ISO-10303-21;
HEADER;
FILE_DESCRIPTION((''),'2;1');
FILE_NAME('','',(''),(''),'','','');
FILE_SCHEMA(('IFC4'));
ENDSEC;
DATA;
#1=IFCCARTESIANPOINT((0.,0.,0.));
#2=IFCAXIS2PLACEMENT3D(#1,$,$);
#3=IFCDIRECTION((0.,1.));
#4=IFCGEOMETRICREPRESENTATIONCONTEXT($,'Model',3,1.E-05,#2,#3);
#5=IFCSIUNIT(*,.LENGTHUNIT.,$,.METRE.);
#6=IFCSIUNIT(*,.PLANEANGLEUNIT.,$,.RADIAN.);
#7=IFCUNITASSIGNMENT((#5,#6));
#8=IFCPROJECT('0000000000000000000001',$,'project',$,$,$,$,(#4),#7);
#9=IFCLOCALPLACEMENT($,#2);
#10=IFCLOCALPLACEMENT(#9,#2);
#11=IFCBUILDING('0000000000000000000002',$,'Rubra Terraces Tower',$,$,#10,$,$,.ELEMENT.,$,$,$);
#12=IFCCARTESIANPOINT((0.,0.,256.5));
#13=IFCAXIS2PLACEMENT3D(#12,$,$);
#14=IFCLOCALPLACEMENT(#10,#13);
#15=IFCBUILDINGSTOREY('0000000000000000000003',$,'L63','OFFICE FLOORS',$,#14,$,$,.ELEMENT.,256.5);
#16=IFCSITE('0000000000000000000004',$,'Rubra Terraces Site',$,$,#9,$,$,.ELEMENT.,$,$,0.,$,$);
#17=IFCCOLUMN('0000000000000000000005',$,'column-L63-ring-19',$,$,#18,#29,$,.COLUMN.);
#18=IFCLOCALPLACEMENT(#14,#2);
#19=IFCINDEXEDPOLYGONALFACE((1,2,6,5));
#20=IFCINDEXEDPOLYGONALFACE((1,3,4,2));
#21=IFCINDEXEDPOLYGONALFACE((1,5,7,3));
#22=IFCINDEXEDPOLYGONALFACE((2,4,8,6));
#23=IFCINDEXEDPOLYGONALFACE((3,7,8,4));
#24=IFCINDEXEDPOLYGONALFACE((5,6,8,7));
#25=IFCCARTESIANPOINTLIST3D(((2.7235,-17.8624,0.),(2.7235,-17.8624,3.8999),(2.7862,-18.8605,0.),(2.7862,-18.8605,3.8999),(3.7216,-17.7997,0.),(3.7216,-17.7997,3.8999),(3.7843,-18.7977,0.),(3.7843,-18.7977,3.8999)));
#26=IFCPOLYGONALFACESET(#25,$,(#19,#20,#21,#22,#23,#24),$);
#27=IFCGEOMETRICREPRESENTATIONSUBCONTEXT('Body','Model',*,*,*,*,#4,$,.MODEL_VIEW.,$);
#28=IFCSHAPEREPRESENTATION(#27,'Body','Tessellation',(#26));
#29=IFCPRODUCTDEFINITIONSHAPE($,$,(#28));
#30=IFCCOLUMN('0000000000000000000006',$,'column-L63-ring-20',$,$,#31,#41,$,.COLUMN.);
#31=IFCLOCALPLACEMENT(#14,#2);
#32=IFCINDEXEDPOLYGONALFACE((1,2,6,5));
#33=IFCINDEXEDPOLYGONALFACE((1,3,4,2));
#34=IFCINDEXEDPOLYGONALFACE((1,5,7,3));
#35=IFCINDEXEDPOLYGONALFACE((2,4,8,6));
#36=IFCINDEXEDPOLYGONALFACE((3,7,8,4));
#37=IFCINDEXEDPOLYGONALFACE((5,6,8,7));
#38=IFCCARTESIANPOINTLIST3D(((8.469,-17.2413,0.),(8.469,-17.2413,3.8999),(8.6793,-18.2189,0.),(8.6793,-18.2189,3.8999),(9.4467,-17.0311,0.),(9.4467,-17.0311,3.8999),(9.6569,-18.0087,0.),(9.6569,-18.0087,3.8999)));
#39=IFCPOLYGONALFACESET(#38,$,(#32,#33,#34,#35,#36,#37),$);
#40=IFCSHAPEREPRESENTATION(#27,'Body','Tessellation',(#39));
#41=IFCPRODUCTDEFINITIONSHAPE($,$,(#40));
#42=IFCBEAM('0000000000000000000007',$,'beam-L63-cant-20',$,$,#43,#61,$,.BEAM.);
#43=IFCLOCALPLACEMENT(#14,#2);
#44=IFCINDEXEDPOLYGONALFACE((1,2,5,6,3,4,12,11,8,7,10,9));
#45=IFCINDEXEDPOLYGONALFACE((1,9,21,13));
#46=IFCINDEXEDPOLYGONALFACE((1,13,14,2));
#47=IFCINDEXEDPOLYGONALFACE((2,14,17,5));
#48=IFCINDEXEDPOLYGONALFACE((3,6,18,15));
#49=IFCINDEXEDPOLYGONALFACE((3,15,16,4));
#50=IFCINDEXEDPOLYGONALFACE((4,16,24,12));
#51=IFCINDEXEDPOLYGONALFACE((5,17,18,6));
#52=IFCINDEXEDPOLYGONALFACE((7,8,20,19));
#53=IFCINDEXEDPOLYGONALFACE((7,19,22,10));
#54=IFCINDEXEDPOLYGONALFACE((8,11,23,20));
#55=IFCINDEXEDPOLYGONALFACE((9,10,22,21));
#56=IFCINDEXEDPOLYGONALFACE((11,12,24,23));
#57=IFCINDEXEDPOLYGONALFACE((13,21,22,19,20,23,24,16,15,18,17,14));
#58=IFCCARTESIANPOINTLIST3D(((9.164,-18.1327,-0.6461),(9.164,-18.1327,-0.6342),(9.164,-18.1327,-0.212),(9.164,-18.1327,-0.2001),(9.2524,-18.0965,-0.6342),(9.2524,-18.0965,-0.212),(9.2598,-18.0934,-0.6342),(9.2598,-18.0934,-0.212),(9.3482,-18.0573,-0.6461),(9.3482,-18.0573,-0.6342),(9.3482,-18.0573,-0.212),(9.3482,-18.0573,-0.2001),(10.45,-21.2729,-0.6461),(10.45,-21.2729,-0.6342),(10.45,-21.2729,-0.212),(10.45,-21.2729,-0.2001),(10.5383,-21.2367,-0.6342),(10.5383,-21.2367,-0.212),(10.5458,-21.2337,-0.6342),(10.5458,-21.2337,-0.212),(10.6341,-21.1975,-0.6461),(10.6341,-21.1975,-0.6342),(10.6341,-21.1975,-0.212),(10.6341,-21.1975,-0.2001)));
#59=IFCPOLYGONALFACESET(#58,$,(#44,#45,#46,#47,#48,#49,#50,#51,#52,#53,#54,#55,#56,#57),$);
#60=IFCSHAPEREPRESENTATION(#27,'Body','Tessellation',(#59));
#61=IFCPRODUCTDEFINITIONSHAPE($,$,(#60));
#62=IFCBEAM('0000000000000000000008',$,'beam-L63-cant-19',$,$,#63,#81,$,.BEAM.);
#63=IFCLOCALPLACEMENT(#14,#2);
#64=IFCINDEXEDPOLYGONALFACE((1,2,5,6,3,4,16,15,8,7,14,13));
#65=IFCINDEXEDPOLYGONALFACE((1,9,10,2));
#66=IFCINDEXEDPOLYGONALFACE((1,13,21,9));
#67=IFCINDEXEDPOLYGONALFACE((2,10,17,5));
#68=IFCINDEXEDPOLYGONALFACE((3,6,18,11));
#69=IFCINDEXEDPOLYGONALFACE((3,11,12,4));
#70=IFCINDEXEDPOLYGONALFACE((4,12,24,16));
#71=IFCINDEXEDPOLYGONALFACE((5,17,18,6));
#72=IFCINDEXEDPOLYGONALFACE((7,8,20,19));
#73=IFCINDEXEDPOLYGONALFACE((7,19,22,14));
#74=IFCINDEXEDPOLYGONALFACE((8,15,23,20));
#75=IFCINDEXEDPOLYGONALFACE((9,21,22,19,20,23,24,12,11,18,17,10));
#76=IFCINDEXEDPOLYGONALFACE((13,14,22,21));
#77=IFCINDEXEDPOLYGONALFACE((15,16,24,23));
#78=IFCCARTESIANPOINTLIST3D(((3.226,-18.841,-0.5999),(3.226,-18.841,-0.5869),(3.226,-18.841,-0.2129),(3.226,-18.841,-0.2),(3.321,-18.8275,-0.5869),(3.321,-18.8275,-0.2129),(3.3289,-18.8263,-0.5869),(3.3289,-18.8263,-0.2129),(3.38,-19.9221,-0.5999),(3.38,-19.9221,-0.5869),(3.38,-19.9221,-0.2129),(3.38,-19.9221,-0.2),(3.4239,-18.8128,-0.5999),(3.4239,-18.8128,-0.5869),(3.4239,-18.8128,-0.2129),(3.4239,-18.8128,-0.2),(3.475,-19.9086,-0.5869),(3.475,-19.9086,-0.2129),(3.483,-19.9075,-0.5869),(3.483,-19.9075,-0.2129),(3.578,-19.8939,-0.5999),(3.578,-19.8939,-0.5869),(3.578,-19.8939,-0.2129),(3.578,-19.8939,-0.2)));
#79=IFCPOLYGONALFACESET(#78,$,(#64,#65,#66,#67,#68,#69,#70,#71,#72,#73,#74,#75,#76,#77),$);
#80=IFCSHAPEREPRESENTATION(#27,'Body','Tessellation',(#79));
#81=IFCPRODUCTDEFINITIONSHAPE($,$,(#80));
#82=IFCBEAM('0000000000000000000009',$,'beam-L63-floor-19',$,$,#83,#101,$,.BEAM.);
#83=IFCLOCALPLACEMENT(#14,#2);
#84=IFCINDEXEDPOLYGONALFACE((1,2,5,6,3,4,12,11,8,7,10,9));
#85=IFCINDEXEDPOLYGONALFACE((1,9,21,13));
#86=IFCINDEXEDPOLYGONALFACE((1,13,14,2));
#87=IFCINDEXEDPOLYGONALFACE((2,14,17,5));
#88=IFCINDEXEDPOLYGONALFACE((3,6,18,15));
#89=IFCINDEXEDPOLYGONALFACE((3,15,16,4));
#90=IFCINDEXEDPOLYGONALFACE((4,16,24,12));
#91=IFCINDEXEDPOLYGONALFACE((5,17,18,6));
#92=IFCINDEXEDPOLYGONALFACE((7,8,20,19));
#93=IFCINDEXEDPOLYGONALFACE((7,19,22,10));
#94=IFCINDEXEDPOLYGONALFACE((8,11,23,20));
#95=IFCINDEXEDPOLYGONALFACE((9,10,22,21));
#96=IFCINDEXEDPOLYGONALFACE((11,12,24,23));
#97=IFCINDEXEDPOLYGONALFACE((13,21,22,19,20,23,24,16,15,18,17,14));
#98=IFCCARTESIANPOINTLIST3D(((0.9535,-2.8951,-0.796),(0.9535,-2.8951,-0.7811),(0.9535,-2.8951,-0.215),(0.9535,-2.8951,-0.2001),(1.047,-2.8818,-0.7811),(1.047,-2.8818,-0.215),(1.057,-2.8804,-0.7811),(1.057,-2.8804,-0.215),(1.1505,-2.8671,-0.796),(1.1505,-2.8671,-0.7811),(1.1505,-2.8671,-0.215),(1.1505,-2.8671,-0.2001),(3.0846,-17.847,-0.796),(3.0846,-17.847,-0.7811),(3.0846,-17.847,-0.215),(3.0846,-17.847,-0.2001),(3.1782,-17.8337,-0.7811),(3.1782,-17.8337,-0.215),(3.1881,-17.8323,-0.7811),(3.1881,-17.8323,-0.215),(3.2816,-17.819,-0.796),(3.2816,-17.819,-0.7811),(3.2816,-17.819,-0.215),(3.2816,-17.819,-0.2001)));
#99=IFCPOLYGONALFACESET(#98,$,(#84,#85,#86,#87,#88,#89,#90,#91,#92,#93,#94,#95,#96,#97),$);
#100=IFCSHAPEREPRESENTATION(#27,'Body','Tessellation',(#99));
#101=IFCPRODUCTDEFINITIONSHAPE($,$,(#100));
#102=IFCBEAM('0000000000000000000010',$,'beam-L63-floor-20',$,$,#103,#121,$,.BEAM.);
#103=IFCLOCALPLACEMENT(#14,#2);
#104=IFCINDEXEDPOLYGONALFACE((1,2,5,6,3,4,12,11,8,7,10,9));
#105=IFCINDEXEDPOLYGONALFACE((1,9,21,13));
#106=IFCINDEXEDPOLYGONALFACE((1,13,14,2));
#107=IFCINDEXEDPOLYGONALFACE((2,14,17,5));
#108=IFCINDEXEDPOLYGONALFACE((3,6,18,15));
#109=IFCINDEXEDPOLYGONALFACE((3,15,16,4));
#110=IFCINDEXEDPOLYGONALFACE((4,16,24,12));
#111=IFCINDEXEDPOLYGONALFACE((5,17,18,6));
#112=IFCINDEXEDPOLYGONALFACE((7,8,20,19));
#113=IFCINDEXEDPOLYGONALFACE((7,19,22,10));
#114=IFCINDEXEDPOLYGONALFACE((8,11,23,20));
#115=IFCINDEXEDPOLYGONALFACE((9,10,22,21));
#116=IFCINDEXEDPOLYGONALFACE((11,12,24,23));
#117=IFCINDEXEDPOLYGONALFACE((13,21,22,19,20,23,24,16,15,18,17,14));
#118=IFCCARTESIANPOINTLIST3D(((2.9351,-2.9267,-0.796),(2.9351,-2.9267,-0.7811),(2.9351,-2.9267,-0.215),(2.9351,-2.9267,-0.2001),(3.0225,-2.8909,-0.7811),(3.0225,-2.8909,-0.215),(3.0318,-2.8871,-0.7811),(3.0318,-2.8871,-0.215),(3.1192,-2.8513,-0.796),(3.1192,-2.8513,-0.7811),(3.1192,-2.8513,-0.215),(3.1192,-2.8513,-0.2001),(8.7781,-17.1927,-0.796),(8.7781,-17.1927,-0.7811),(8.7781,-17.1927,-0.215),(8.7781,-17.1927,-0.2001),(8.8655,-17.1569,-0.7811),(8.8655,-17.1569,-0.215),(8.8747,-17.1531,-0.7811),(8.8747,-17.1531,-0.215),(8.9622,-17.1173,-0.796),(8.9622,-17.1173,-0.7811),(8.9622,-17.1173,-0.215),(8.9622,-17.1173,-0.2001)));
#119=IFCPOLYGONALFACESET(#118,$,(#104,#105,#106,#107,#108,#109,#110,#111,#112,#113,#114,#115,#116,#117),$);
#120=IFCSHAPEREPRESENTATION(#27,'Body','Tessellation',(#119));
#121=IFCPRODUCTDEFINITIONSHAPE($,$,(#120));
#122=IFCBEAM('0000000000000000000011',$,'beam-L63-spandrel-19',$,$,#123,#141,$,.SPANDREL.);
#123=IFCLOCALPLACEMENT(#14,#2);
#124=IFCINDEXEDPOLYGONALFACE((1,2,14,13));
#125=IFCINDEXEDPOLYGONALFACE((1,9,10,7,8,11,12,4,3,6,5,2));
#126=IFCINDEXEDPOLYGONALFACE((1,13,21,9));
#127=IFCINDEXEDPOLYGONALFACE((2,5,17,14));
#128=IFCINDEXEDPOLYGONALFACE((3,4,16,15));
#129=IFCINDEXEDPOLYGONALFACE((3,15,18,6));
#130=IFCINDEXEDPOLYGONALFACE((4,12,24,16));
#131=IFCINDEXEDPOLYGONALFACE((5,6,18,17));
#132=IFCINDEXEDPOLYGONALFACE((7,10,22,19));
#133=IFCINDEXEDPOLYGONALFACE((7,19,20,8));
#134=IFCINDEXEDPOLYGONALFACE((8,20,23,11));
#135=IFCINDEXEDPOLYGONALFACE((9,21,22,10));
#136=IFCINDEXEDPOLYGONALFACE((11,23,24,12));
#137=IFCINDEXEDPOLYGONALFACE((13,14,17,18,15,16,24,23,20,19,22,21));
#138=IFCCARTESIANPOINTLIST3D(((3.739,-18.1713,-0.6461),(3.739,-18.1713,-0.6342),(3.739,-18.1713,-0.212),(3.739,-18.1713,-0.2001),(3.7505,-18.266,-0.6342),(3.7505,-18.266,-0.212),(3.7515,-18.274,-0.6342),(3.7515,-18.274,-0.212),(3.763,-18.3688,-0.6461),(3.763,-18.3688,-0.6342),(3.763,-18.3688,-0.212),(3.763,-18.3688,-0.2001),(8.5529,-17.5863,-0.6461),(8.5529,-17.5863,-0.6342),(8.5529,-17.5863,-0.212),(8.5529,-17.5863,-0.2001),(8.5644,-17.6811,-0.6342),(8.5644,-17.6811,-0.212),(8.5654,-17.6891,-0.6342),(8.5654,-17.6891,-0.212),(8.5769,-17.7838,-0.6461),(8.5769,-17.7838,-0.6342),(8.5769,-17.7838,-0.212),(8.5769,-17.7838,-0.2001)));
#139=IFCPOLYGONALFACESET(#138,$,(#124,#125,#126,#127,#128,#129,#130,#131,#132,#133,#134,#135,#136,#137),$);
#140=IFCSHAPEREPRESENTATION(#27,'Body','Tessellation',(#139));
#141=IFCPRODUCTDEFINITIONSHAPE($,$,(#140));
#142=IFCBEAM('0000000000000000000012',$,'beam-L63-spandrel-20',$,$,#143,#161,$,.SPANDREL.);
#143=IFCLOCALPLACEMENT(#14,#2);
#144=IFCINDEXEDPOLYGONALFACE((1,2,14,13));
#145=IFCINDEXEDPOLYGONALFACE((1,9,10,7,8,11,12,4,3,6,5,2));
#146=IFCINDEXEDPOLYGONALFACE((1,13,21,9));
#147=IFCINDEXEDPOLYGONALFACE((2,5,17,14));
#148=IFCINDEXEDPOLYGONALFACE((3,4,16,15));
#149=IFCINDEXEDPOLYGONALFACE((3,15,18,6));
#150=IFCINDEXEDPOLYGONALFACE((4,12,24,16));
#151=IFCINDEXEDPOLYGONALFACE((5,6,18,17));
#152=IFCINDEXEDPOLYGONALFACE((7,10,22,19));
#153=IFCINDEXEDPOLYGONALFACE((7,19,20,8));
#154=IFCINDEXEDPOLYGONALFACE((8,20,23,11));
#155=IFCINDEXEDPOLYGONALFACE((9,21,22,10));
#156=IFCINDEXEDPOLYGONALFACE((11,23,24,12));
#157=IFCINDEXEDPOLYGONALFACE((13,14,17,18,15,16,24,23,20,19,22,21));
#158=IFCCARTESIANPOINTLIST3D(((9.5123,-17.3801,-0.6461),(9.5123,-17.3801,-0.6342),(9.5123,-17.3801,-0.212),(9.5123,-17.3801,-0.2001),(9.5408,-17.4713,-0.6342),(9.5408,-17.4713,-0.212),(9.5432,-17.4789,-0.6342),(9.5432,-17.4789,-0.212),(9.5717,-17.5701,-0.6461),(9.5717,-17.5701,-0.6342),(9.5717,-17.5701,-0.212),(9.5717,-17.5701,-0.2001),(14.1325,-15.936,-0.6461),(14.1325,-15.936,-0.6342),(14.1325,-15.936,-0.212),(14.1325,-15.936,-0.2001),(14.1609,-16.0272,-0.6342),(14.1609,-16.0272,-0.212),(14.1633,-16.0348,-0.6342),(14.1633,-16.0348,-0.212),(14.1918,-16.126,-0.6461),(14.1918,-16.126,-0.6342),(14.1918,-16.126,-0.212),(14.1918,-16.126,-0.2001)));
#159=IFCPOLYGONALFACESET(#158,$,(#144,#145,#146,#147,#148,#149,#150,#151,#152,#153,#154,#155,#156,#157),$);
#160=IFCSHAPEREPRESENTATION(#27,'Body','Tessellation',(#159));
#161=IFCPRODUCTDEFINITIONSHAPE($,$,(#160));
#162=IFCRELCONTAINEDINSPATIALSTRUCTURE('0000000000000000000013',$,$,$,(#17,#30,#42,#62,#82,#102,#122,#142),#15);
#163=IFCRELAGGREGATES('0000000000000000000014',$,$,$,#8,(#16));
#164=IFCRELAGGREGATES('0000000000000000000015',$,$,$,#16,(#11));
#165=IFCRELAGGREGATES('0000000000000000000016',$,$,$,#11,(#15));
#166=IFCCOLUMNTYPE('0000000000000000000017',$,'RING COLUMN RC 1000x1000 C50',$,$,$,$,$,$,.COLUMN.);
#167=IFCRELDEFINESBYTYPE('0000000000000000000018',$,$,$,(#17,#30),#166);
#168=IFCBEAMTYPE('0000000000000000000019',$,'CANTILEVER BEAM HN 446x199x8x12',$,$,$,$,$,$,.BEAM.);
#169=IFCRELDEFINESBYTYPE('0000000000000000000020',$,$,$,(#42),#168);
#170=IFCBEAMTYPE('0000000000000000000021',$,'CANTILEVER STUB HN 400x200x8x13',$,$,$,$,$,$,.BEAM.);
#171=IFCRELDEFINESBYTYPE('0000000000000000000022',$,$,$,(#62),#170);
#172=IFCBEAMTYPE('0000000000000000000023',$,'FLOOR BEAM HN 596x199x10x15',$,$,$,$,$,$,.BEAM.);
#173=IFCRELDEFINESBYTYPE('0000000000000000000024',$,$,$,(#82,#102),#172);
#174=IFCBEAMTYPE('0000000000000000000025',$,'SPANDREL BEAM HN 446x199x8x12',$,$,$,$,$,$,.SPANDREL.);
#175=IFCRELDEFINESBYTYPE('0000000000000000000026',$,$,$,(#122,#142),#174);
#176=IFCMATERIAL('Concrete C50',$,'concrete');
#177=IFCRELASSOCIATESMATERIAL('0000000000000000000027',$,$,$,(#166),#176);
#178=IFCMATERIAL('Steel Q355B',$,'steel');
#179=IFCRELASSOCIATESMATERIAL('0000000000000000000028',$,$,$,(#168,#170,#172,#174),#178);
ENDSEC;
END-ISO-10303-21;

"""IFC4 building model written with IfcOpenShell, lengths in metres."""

from ifc_helpers import new_model, si_unit, direction, frame, origin, origin_2d, place, context, subcontext, project, spatial, rectangle, i_section, extrude, material, material_profile, profile_set, type_object, element, save


model = new_model("IFC4")

# Units and contexts
model_context = context("Model", 3, precision=1e-05, world=origin(), true_north=direction((0.0, 1.0)))
body_context = subcontext(model_context, "Body", "Model", "MODEL_VIEW")
ifc_project = project(units=[si_unit("LENGTHUNIT", "METRE"), si_unit("PLANEANGLEUNIT", "RADIAN")], contexts=[model_context])

# Site, building, storey
site_placement = place(None, origin())
site = spatial("IfcSite", under=ifc_project, at=site_placement, Name="Rubra Terraces Site", CompositionType="ELEMENT", RefElevation=0.0)
building_placement = place(site_placement, origin())
building = spatial("IfcBuilding", under=site, at=building_placement, Name="Rubra Terraces Tower", CompositionType="ELEMENT")
storey_placement = place(building_placement, frame((0.0, 0.0, 256.5)))
storey = spatial("IfcBuildingStorey", under=building, at=storey_placement, Name="L63", Description="OFFICE FLOORS", CompositionType="ELEMENT", Elevation=256.5)

# Columns
ifc_material_1 = material(Name="Concrete C50", Category="concrete")
ifc_material_profile_1 = material_profile(ifc_material_1, rectangle(XDim=1.0, YDim=1.0, at=origin_2d()), Name="RC 1000x1000")
ifc_profile_set_1 = profile_set([ifc_material_profile_1], Name="Concrete C50")
column_type = type_object("IfcColumnType", Name="RING COLUMN RC 1000x1000 C50", PredefinedType="COLUMN", material=ifc_profile_set_1)
for number, where, z_axis, x_axis, name in (
    (1, (3.2539, -18.3301, 0.0), (0.0, 0.0, 1.0), (0.998032, 0.062714, 0.0), "column-L63-ring-19"),
    (2, (9.063, -17.625, 0.0), (0.0, 0.0, 1.0), (0.977653, 0.210227, 0.0), "column-L63-ring-20"),
):
    element("IfcColumn", number, at=place(storey_placement, frame(where, z_axis=z_axis, x_axis=x_axis)), inside=storey, type_object=column_type, Name=name, PredefinedType="COLUMN", context=body_context, shape_type="SweptSolid", body=[
        extrude(rectangle(XDim=1.0, YDim=1.0, at=origin_2d()), origin(), (0.0, 0.0, 1.0), 3.8999),
    ])

# Beams
ifc_material_2 = material(Name="Steel Q355B", Category="steel")
ifc_material_profile_2 = material_profile(ifc_material_2, i_section(OverallWidth=0.199, OverallDepth=0.446, WebThickness=0.0081, FlangeThickness=0.012, at=origin_2d()), Name="HN 446x199x8x12")
ifc_profile_set_2 = profile_set([ifc_material_profile_2], Name="Steel Q355B")
beam_type_1 = type_object("IfcBeamType", Name="CANTILEVER BEAM HN 446x199x8x12", PredefinedType="BEAM", material=ifc_profile_set_2)
beam_1_placement = place(storey_placement, frame((9.2561, -18.095, -0.4231), z_axis=(0.378958, -0.925414, 0.0), x_axis=(0.925414, 0.378958, 0.0)))
element("IfcBeam", 3, at=beam_1_placement, inside=storey, type_object=beam_type_1, Name="beam-L63-cant-20", PredefinedType="BEAM", context=body_context, shape_type="SweptSolid", body=[
    extrude(i_section(OverallWidth=0.199, OverallDepth=0.446, WebThickness=0.0081, FlangeThickness=0.012, at=origin_2d()), origin(), (0.0, 0.0, 1.0), 3.3933),
])
ifc_material_profile_3 = material_profile(ifc_material_2, i_section(OverallWidth=0.2, OverallDepth=0.3999, WebThickness=0.0081, FlangeThickness=0.0129, at=origin_2d()), Name="HN 400x200x8x13")
ifc_profile_set_3 = profile_set([ifc_material_profile_3], Name="Steel Q355B")
beam_type_2 = type_object("IfcBeamType", Name="CANTILEVER STUB HN 400x200x8x13", PredefinedType="BEAM", material=ifc_profile_set_3)
beam_2_placement = place(storey_placement, frame((3.325, -18.8269, -0.3999), z_axis=(0.141077, -0.989999, 0.0), x_axis=(0.989999, 0.141077, 0.0)))
element("IfcBeam", 4, at=beam_2_placement, inside=storey, type_object=beam_type_2, Name="beam-L63-cant-19", PredefinedType="BEAM", context=body_context, shape_type="SweptSolid", body=[
    extrude(i_section(OverallWidth=0.2, OverallDepth=0.3999, WebThickness=0.0081, FlangeThickness=0.0129, at=origin_2d()), origin(), (0.0, 0.0, 1.0), 1.092),
])
ifc_material_profile_4 = material_profile(ifc_material_2, i_section(OverallWidth=0.199, OverallDepth=0.5959, WebThickness=0.01, FlangeThickness=0.0149, at=origin_2d()), Name="HN 596x199x10x15")
ifc_profile_set_4 = profile_set([ifc_material_profile_4], Name="Steel Q355B")
beam_type_3 = type_object("IfcBeamType", Name="FLOOR BEAM HN 596x199x10x15", PredefinedType="BEAM", material=ifc_profile_set_4)
beam_3_placement = place(storey_placement, frame((3.1831, -17.833, -0.498), z_axis=(-0.141105, 0.989995, 0.0), x_axis=(-0.989995, -0.141105, 0.0)))
element("IfcBeam", 5, at=beam_3_placement, inside=storey, type_object=beam_type_3, Name="beam-L63-floor-19", PredefinedType="BEAM", context=body_context, shape_type="SweptSolid", body=[
    extrude(i_section(OverallWidth=0.199, OverallDepth=0.5959, WebThickness=0.01, FlangeThickness=0.0149, at=origin_2d()), origin(), (0.0, 0.0, 1.0), 15.103),
])
beam_4_placement = place(storey_placement, frame((8.8701, -17.155, -0.498), z_axis=(-0.379015, 0.92539, 0.0), x_axis=(-0.92539, -0.379015, 0.0)))
element("IfcBeam", 6, at=beam_4_placement, inside=storey, type_object=beam_type_3, Name="beam-L63-floor-20", PredefinedType="BEAM", context=body_context, shape_type="SweptSolid", body=[
    extrude(i_section(OverallWidth=0.199, OverallDepth=0.5959, WebThickness=0.01, FlangeThickness=0.0149, at=origin_2d()), origin(), (0.0, 0.0, 1.0), 15.4163),
])
ifc_material_profile_5 = material_profile(ifc_material_2, i_section(OverallWidth=0.199, OverallDepth=0.446, WebThickness=0.0081, FlangeThickness=0.012, at=origin_2d()), Name="HN 446x199x8x12")
ifc_profile_set_5 = profile_set([ifc_material_profile_5], Name="Steel Q355B")
beam_type_4 = type_object("IfcBeamType", Name="SPANDREL BEAM HN 446x199x8x12", PredefinedType="SPANDREL", material=ifc_profile_set_5)
beam_5_placement = place(storey_placement, frame((3.751, -18.27, -0.4231), z_axis=(0.992698, 0.120626, 0.0), x_axis=(-0.120626, 0.992698, 0.0)))
element("IfcBeam", 7, at=beam_5_placement, inside=storey, type_object=beam_type_4, Name="beam-L63-spandrel-19", PredefinedType="SPANDREL", context=body_context, shape_type="SweptSolid", body=[
    extrude(i_section(OverallWidth=0.199, OverallDepth=0.446, WebThickness=0.0081, FlangeThickness=0.012, at=origin_2d()), origin(), (0.0, 0.0, 1.0), 4.8494),
])
beam_6_placement = place(storey_placement, frame((9.542, -17.4751, -0.4231), z_axis=(0.954462, 0.298332, 0.0), x_axis=(-0.298332, 0.954462, 0.0)))
element("IfcBeam", 8, at=beam_6_placement, inside=storey, type_object=beam_type_4, Name="beam-L63-spandrel-20", PredefinedType="SPANDREL", context=body_context, shape_type="SweptSolid", body=[
    extrude(i_section(OverallWidth=0.199, OverallDepth=0.446, WebThickness=0.0081, FlangeThickness=0.012, at=origin_2d()), origin(), (0.0, 0.0, 1.0), 4.8406),
])

save(model, "model.ifc")
